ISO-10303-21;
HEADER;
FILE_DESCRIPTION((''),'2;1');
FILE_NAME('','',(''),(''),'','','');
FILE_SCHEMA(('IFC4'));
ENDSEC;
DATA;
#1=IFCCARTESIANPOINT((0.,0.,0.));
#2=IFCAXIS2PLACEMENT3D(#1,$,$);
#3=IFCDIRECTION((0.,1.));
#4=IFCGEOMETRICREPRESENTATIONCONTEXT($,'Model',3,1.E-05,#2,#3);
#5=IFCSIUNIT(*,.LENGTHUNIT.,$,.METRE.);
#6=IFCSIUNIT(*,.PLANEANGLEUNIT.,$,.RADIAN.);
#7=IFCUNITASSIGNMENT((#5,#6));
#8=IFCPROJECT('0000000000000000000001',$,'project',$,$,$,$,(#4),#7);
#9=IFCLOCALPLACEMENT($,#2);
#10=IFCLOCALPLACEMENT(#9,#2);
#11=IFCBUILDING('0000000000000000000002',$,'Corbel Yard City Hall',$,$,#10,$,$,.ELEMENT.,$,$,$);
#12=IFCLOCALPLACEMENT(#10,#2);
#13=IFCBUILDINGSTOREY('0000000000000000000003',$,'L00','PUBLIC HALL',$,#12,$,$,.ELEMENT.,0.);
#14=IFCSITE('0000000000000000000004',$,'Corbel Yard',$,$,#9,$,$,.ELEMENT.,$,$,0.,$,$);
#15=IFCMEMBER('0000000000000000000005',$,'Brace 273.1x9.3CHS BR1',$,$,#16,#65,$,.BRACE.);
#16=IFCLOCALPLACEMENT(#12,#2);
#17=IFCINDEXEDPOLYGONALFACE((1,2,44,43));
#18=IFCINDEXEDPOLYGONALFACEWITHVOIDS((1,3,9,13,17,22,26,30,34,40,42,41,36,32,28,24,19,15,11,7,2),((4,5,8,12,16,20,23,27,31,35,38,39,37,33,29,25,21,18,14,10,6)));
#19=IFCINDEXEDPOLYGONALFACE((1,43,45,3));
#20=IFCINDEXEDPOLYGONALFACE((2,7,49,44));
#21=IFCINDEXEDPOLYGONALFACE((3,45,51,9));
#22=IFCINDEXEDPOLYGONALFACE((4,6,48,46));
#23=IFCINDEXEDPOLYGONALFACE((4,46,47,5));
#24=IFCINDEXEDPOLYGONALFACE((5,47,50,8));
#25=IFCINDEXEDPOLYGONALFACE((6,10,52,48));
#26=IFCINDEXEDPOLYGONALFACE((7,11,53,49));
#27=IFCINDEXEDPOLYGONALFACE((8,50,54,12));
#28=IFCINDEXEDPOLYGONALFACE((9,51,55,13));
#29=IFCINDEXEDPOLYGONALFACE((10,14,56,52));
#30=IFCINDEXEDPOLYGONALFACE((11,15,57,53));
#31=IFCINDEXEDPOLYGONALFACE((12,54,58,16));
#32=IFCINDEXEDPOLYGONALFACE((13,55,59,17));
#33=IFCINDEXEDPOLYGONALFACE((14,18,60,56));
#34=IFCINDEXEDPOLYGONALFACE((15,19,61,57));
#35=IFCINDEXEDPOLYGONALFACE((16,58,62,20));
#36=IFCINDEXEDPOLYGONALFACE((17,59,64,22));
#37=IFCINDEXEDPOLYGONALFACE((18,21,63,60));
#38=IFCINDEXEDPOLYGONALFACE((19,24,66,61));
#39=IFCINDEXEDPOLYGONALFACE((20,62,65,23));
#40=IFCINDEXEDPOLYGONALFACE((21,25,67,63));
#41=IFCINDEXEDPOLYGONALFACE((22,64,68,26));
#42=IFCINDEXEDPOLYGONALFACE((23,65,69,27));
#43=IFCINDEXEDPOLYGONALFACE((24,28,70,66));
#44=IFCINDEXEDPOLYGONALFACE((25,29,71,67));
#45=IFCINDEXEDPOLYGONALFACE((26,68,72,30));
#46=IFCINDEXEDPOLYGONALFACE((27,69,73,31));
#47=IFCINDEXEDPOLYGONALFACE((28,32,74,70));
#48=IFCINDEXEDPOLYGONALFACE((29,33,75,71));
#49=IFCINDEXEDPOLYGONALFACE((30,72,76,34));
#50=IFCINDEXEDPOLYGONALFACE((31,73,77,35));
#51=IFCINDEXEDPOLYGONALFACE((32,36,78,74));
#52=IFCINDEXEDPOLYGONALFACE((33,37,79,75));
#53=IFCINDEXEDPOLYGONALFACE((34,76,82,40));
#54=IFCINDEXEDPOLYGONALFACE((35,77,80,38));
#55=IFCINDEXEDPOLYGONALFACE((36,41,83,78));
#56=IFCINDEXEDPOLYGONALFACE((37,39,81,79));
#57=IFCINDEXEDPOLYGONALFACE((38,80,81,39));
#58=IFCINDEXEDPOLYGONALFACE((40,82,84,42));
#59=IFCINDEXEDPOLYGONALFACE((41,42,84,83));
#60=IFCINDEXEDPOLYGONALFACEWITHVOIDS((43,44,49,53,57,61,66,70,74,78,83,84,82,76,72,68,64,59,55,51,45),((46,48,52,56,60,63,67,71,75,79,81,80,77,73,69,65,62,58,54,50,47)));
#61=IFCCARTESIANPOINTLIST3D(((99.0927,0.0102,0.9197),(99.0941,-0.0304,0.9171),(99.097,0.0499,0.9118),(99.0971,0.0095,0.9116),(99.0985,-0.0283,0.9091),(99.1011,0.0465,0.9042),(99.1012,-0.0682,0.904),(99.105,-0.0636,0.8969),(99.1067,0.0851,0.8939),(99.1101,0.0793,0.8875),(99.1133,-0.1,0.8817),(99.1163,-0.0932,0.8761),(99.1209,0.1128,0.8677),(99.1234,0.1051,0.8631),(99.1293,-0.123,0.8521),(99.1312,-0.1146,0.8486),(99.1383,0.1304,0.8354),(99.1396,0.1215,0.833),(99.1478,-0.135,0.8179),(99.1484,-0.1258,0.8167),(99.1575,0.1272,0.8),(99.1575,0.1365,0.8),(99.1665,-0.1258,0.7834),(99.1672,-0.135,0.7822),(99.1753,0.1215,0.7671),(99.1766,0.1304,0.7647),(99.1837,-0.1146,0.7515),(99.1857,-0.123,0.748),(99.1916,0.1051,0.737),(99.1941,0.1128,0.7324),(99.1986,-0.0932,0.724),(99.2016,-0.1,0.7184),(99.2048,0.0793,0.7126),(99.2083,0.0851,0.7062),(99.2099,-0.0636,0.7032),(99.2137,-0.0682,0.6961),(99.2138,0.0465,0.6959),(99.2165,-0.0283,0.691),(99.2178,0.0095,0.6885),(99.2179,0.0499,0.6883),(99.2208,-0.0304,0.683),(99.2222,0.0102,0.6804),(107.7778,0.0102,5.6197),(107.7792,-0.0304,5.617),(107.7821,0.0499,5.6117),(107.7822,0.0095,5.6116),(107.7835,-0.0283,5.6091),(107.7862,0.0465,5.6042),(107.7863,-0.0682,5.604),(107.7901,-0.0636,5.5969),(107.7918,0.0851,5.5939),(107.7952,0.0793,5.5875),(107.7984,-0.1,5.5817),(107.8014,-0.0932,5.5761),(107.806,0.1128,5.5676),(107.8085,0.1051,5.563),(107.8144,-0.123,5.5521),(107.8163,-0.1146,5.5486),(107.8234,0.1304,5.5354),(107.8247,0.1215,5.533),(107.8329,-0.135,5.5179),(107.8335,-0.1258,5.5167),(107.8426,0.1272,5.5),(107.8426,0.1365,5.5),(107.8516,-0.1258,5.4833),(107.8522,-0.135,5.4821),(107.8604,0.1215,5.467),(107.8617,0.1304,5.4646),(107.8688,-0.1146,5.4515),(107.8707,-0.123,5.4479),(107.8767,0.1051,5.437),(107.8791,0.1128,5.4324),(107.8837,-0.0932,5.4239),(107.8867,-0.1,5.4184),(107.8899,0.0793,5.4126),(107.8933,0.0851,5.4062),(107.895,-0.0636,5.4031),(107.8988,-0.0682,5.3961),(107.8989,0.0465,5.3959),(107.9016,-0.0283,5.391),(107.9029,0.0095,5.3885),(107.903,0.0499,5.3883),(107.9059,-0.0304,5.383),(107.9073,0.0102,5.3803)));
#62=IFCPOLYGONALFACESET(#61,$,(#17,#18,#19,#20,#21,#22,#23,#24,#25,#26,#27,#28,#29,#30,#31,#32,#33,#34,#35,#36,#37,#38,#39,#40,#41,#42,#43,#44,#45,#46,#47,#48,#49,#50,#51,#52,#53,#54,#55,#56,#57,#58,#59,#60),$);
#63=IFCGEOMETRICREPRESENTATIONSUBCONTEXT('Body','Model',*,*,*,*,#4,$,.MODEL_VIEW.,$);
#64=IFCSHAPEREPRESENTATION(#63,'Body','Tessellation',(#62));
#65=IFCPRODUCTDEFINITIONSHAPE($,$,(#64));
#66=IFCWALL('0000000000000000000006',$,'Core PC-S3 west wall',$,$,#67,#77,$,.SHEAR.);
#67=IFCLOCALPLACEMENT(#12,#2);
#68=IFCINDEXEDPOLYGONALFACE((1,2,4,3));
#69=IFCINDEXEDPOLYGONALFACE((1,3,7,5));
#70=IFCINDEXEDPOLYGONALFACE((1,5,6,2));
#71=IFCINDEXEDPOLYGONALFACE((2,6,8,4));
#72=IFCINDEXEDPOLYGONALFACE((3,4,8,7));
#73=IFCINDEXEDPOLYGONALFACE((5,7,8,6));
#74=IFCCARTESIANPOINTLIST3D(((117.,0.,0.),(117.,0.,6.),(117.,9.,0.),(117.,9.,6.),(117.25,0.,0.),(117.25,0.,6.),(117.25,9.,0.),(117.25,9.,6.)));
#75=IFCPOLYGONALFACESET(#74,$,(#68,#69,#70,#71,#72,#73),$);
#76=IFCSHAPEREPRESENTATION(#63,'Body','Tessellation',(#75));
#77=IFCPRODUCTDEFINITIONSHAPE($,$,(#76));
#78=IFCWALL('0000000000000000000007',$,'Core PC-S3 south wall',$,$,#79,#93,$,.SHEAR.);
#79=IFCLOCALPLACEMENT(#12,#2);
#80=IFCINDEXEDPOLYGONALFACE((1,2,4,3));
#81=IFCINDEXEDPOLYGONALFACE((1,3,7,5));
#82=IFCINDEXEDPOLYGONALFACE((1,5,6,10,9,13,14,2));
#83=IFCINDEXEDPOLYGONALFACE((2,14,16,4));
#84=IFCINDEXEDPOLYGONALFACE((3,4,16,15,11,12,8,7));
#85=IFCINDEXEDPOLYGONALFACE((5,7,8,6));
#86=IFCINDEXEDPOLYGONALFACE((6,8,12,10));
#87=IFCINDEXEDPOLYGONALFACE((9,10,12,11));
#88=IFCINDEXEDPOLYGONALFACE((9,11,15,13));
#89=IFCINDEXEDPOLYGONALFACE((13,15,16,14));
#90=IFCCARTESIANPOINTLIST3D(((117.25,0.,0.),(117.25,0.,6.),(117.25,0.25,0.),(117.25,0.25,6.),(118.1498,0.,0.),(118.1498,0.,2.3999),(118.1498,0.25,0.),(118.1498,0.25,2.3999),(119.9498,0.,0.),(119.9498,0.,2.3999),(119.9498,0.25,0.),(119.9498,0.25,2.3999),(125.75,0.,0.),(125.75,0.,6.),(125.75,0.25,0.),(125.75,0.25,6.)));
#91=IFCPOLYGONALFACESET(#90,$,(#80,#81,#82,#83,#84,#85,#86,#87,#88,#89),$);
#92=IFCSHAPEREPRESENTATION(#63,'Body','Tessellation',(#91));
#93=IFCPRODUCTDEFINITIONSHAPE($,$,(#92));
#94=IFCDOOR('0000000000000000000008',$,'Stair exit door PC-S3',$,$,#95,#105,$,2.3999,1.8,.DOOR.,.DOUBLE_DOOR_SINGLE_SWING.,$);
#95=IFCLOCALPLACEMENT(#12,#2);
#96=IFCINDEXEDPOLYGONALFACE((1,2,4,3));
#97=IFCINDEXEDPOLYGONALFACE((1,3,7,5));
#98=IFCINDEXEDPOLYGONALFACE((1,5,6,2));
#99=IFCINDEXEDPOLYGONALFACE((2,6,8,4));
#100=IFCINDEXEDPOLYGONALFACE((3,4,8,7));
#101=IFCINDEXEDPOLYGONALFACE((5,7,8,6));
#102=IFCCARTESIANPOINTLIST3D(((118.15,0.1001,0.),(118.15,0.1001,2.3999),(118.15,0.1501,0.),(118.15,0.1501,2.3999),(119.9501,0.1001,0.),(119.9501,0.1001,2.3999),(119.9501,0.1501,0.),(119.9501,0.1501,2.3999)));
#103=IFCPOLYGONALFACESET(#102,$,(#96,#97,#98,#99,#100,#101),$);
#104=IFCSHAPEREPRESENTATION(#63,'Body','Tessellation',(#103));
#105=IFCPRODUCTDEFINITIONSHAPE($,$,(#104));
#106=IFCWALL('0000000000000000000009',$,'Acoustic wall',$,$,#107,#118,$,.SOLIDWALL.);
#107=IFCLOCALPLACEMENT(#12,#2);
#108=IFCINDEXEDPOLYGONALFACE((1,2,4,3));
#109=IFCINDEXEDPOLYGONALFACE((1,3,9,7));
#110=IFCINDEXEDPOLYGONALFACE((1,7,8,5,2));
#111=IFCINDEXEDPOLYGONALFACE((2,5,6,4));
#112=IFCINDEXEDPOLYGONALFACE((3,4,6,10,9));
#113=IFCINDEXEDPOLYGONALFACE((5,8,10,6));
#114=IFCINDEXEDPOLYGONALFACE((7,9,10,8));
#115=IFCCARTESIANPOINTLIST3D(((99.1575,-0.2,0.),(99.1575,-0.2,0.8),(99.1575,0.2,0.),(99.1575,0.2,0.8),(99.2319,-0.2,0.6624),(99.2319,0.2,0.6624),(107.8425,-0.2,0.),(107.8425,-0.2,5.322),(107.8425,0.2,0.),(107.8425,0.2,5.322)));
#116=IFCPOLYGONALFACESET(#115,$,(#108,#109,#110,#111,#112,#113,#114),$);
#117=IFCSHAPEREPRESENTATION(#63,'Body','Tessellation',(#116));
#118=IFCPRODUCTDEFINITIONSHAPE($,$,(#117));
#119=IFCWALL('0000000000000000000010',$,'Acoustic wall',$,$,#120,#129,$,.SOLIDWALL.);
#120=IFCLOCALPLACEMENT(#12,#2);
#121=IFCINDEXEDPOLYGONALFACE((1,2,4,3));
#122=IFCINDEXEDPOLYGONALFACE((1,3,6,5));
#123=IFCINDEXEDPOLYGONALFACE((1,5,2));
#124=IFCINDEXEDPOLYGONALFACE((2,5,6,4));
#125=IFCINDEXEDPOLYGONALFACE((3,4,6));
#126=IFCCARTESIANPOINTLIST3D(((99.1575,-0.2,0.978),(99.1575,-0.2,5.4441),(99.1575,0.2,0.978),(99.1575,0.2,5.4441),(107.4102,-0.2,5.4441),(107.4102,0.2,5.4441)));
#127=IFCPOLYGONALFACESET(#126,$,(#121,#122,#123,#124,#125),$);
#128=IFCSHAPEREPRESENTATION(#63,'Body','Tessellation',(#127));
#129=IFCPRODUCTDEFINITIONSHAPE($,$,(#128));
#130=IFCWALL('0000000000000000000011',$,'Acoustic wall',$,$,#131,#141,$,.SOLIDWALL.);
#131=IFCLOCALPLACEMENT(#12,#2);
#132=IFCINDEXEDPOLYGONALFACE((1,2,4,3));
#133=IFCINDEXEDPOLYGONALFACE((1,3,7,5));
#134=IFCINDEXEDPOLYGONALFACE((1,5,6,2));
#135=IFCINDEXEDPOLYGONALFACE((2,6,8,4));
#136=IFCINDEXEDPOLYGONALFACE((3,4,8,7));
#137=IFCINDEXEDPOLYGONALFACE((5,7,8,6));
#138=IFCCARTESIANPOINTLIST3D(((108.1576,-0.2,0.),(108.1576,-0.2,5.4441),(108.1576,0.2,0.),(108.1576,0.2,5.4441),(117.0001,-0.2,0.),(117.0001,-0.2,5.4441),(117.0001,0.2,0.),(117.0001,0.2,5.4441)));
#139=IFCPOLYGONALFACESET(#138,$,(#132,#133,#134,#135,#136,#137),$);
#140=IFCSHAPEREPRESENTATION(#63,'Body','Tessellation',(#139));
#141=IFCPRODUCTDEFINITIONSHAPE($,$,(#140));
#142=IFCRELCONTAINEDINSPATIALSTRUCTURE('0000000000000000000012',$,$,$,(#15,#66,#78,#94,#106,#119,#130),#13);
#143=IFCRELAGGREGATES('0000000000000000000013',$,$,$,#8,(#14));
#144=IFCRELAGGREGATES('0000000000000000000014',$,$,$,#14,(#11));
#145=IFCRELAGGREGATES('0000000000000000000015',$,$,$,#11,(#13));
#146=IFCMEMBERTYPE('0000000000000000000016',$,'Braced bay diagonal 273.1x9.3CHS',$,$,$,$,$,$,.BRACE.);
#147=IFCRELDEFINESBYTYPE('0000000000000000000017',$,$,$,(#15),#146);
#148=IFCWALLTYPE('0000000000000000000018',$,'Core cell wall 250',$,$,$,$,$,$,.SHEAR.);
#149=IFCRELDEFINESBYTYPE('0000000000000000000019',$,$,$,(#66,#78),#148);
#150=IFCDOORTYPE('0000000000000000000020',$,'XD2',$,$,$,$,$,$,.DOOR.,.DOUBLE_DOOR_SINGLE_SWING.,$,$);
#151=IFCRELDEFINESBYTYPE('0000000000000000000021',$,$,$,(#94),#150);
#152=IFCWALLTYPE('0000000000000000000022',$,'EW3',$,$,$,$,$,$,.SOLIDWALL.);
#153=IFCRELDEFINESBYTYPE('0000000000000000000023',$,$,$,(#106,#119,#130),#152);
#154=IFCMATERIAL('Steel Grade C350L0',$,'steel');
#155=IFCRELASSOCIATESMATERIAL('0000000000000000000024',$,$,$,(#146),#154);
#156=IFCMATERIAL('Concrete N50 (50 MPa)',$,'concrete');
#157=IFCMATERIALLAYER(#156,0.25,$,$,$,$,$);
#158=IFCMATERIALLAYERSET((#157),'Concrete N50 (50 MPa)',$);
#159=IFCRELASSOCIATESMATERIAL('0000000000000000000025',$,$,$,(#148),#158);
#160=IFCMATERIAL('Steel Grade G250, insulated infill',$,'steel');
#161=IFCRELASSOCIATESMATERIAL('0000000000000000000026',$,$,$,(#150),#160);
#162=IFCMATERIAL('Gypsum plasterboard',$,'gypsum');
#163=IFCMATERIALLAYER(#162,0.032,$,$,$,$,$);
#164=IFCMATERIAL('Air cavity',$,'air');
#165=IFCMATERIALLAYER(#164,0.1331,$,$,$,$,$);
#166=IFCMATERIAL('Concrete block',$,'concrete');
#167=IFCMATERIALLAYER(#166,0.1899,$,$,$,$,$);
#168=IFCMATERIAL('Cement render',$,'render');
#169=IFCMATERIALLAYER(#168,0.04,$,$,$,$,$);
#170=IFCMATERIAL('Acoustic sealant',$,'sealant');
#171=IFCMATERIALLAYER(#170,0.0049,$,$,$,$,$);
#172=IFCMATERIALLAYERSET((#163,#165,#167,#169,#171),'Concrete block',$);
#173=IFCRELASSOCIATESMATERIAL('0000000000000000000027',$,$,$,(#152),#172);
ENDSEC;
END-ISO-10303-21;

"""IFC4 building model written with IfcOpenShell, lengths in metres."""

from ifc_helpers import new_model, si_unit, direction, frame, frame_2d, origin, origin_2d, place, context, subcontext, project, spatial, polyline, rectangle, hollow_circle, outline, extrude, material, layer, layer_set, material_profile, profile_set, type_object, element, fill, save


model = new_model("IFC4")

# Units and contexts
model_context = context("Model", 3, precision=1e-05, world=origin(), true_north=direction((0.0, 1.0)))
body_context = subcontext(model_context, "Body", "Model", "MODEL_VIEW")
ifc_project = project(units=[si_unit("LENGTHUNIT", "METRE"), si_unit("PLANEANGLEUNIT", "RADIAN")], contexts=[model_context])

# Site, building, storey
site_placement = place(None, origin())
site = spatial("IfcSite", under=ifc_project, at=site_placement, Name="Corbel Yard", CompositionType="ELEMENT", RefElevation=0.0)
building_placement = place(site_placement, origin())
building = spatial("IfcBuilding", under=site, at=building_placement, Name="Corbel Yard City Hall", CompositionType="ELEMENT")
storey_placement = place(building_placement, origin())
storey = spatial("IfcBuildingStorey", under=building, at=storey_placement, Name="L00", Description="PUBLIC HALL", CompositionType="ELEMENT", Elevation=0.0)

# Member
ifc_material_1 = material(Name="Steel Grade C350L0", Category="steel")
ifc_material_profile_1 = material_profile(ifc_material_1, hollow_circle(Radius=0.1365, WallThickness=0.0093, at=origin_2d()), Name="273.1x9.3CHS")
ifc_profile_set_1 = profile_set([ifc_material_profile_1], Name="Steel Grade C350L0")
member_type = type_object("IfcMemberType", Name="Braced bay diagonal 273.1x9.3CHS", PredefinedType="BRACE", material=ifc_profile_set_1)
member_placement = place(storey_placement, frame((99.1575, 0.0, 0.8), z_axis=(0.879481, 0.0, 0.475934), x_axis=(0.0, 1.0, 0.0)))
element("IfcMember", 1, at=member_placement, inside=storey, type_object=member_type, Name="Brace 273.1x9.3CHS BR1", PredefinedType="BRACE", context=body_context, shape_type="SweptSolid", body=[
    extrude(hollow_circle(Radius=0.1365, WallThickness=0.0093, at=origin_2d()), origin(), (0.0, 0.0, 1.0), 9.8752),
])

# Wall
ifc_material_2 = material(Name="Concrete N50 (50 MPa)", Category="concrete")
ifc_layer_1 = layer(ifc_material_2, 0.25)
ifc_layer_set_1 = layer_set([ifc_layer_1], Name="Concrete N50 (50 MPa)")
wall_type_1 = type_object("IfcWallType", Name="Core cell wall 250", PredefinedType="SHEAR", material=ifc_layer_set_1)
wall_1_placement = place(storey_placement, frame((117.125, 0.0, 0.0), z_axis=(0.0, 0.0, 1.0), x_axis=(0.0, 1.0, 0.0)))
element("IfcWall", 2, at=wall_1_placement, inside=storey, type_object=wall_type_1, Name="Core PC-S3 west wall", PredefinedType="SHEAR", context=body_context, shape_type="SweptSolid", body=[
    extrude(rectangle(XDim=9.0, YDim=0.25, at=frame_2d((4.5, 0.0))), origin(), (0.0, 0.0, 1.0), 6.0),
])

# Wall, opening, door
wall_2_placement = place(storey_placement, frame((117.25, 0.125, 0.0), z_axis=(0.0, 0.0, 1.0), x_axis=(1.0, 0.0, 0.0)))
wall_2 = element("IfcWall", 3, at=wall_2_placement, inside=storey, type_object=wall_type_1, Name="Core PC-S3 south wall", PredefinedType="SHEAR", context=body_context, shape_type="SweptSolid", body=[
    extrude(rectangle(XDim=8.5, YDim=0.25, at=frame_2d((4.25, 0.0))), origin(), (0.0, 0.0, 1.0), 6.0),
])
opening_1_placement = place(wall_2_placement, frame((0.8999, 0.0, 0.0)))
opening_1 = element("IfcOpeningElement", 4, at=opening_1_placement, cuts=wall_2, PredefinedType="OPENING", context=body_context, shape_type="SweptSolid", body=[
    extrude(rectangle(XDim=1.8, YDim=2.3999, at=frame_2d((0.8999, 1.2))), frame((0.0, 0.135, 0.0), z_axis=(0.0, -1.0, 0.0), x_axis=(1.0, 0.0, 0.0)), (0.0, 0.0, 1.0), 0.27),
])
ifc_material_3 = material(Name="Steel Grade G250, insulated infill", Category="steel")
door_type_1 = type_object("IfcDoorType", Name="XD2", OperationType="DOUBLE_DOOR_SINGLE_SWING", PredefinedType="DOOR", material=ifc_material_3)
door_1_placement = place(opening_1_placement, frame((1.8, 0.0, 0.0), z_axis=(0.0, 0.0, 1.0), x_axis=(-1.0, 0.0, 0.0)))
door_1 = element("IfcDoor", 5, at=door_1_placement, inside=storey, type_object=door_type_1, Name="Stair exit door PC-S3", OperationType="DOUBLE_DOOR_SINGLE_SWING", OverallHeight=2.3999, OverallWidth=1.8, PredefinedType="DOOR", context=body_context, shape_type="SweptSolid", body=[
    extrude(rectangle(XDim=1.8, YDim=2.3999, at=frame_2d((0.8999, 1.2))), frame((0.0, 0.0249, 0.0), z_axis=(0.0, -1.0, 0.0), x_axis=(1.0, 0.0, 0.0)), (0.0, 0.0, 1.0), 0.05),
])
fill(opening_1, door_1)

# Walls
ifc_material_4 = material(Name="Gypsum plasterboard", Category="gypsum")
ifc_layer_2 = layer(ifc_material_4, 0.032)
ifc_material_5 = material(Name="Air cavity", Category="air")
ifc_layer_3 = layer(ifc_material_5, 0.1331)
ifc_material_6 = material(Name="Concrete block", Category="concrete")
ifc_layer_4 = layer(ifc_material_6, 0.1899)
ifc_material_7 = material(Name="Cement render", Category="render")
ifc_layer_5 = layer(ifc_material_7, 0.04)
ifc_material_8 = material(Name="Acoustic sealant", Category="sealant")
ifc_layer_6 = layer(ifc_material_8, 0.0049)
ifc_layer_set_2 = layer_set([ifc_layer_2, ifc_layer_3, ifc_layer_4, ifc_layer_5, ifc_layer_6], Name="Concrete block")
wall_type_2 = type_object("IfcWallType", Name="EW3", PredefinedType="SOLIDWALL", material=ifc_layer_set_2)
wall_3_placement = place(storey_placement, frame((99.1575, 0.0, 0.0), z_axis=(0.0, 0.0, 1.0), x_axis=(1.0, 0.0, 0.0)))
element("IfcWall", 6, at=wall_3_placement, inside=storey, type_object=wall_type_2, Name="Acoustic wall", PredefinedType="SOLIDWALL", context=body_context, shape_type="SweptSolid", body=[
    extrude(outline(polyline([(8.6851, 0.0), (0.0, 0.0), (0.0, 0.8), (0.0745, 0.6624), (8.6851, 5.322), (8.6851, 0.0)])), frame((0.0, 0.2, 0.0), z_axis=(0.0, -1.0, 0.0), x_axis=(1.0, 0.0, 0.0)), (0.0, 0.0, 1.0), 0.3999),
])
wall_4_placement = place(storey_placement, frame((99.1575, 0.0, 0.0), z_axis=(0.0, 0.0, 1.0), x_axis=(1.0, 0.0, 0.0)))
element("IfcWall", 7, at=wall_4_placement, inside=storey, type_object=wall_type_2, Name="Acoustic wall", PredefinedType="SOLIDWALL", context=body_context, shape_type="SweptSolid", body=[
    extrude(outline(polyline([(0.0, 5.4441), (8.2527, 5.4441), (0.0, 0.978), (0.0, 5.4441)])), frame((0.0, 0.2, 0.0), z_axis=(0.0, -1.0, 0.0), x_axis=(1.0, 0.0, 0.0)), (0.0, 0.0, 1.0), 0.3999),
])
wall_5_placement = place(storey_placement, frame((108.1575, 0.0, 0.0), z_axis=(0.0, 0.0, 1.0), x_axis=(1.0, 0.0, 0.0)))
element("IfcWall", 8, at=wall_5_placement, inside=storey, type_object=wall_type_2, Name="Acoustic wall", PredefinedType="SOLIDWALL", context=body_context, shape_type="SweptSolid", body=[
    extrude(rectangle(XDim=8.8425, YDim=0.3999, at=frame_2d((4.4214, 0.0))), origin(), (0.0, 0.0, 1.0), 5.4441),
])

save(model, "model.ifc")
